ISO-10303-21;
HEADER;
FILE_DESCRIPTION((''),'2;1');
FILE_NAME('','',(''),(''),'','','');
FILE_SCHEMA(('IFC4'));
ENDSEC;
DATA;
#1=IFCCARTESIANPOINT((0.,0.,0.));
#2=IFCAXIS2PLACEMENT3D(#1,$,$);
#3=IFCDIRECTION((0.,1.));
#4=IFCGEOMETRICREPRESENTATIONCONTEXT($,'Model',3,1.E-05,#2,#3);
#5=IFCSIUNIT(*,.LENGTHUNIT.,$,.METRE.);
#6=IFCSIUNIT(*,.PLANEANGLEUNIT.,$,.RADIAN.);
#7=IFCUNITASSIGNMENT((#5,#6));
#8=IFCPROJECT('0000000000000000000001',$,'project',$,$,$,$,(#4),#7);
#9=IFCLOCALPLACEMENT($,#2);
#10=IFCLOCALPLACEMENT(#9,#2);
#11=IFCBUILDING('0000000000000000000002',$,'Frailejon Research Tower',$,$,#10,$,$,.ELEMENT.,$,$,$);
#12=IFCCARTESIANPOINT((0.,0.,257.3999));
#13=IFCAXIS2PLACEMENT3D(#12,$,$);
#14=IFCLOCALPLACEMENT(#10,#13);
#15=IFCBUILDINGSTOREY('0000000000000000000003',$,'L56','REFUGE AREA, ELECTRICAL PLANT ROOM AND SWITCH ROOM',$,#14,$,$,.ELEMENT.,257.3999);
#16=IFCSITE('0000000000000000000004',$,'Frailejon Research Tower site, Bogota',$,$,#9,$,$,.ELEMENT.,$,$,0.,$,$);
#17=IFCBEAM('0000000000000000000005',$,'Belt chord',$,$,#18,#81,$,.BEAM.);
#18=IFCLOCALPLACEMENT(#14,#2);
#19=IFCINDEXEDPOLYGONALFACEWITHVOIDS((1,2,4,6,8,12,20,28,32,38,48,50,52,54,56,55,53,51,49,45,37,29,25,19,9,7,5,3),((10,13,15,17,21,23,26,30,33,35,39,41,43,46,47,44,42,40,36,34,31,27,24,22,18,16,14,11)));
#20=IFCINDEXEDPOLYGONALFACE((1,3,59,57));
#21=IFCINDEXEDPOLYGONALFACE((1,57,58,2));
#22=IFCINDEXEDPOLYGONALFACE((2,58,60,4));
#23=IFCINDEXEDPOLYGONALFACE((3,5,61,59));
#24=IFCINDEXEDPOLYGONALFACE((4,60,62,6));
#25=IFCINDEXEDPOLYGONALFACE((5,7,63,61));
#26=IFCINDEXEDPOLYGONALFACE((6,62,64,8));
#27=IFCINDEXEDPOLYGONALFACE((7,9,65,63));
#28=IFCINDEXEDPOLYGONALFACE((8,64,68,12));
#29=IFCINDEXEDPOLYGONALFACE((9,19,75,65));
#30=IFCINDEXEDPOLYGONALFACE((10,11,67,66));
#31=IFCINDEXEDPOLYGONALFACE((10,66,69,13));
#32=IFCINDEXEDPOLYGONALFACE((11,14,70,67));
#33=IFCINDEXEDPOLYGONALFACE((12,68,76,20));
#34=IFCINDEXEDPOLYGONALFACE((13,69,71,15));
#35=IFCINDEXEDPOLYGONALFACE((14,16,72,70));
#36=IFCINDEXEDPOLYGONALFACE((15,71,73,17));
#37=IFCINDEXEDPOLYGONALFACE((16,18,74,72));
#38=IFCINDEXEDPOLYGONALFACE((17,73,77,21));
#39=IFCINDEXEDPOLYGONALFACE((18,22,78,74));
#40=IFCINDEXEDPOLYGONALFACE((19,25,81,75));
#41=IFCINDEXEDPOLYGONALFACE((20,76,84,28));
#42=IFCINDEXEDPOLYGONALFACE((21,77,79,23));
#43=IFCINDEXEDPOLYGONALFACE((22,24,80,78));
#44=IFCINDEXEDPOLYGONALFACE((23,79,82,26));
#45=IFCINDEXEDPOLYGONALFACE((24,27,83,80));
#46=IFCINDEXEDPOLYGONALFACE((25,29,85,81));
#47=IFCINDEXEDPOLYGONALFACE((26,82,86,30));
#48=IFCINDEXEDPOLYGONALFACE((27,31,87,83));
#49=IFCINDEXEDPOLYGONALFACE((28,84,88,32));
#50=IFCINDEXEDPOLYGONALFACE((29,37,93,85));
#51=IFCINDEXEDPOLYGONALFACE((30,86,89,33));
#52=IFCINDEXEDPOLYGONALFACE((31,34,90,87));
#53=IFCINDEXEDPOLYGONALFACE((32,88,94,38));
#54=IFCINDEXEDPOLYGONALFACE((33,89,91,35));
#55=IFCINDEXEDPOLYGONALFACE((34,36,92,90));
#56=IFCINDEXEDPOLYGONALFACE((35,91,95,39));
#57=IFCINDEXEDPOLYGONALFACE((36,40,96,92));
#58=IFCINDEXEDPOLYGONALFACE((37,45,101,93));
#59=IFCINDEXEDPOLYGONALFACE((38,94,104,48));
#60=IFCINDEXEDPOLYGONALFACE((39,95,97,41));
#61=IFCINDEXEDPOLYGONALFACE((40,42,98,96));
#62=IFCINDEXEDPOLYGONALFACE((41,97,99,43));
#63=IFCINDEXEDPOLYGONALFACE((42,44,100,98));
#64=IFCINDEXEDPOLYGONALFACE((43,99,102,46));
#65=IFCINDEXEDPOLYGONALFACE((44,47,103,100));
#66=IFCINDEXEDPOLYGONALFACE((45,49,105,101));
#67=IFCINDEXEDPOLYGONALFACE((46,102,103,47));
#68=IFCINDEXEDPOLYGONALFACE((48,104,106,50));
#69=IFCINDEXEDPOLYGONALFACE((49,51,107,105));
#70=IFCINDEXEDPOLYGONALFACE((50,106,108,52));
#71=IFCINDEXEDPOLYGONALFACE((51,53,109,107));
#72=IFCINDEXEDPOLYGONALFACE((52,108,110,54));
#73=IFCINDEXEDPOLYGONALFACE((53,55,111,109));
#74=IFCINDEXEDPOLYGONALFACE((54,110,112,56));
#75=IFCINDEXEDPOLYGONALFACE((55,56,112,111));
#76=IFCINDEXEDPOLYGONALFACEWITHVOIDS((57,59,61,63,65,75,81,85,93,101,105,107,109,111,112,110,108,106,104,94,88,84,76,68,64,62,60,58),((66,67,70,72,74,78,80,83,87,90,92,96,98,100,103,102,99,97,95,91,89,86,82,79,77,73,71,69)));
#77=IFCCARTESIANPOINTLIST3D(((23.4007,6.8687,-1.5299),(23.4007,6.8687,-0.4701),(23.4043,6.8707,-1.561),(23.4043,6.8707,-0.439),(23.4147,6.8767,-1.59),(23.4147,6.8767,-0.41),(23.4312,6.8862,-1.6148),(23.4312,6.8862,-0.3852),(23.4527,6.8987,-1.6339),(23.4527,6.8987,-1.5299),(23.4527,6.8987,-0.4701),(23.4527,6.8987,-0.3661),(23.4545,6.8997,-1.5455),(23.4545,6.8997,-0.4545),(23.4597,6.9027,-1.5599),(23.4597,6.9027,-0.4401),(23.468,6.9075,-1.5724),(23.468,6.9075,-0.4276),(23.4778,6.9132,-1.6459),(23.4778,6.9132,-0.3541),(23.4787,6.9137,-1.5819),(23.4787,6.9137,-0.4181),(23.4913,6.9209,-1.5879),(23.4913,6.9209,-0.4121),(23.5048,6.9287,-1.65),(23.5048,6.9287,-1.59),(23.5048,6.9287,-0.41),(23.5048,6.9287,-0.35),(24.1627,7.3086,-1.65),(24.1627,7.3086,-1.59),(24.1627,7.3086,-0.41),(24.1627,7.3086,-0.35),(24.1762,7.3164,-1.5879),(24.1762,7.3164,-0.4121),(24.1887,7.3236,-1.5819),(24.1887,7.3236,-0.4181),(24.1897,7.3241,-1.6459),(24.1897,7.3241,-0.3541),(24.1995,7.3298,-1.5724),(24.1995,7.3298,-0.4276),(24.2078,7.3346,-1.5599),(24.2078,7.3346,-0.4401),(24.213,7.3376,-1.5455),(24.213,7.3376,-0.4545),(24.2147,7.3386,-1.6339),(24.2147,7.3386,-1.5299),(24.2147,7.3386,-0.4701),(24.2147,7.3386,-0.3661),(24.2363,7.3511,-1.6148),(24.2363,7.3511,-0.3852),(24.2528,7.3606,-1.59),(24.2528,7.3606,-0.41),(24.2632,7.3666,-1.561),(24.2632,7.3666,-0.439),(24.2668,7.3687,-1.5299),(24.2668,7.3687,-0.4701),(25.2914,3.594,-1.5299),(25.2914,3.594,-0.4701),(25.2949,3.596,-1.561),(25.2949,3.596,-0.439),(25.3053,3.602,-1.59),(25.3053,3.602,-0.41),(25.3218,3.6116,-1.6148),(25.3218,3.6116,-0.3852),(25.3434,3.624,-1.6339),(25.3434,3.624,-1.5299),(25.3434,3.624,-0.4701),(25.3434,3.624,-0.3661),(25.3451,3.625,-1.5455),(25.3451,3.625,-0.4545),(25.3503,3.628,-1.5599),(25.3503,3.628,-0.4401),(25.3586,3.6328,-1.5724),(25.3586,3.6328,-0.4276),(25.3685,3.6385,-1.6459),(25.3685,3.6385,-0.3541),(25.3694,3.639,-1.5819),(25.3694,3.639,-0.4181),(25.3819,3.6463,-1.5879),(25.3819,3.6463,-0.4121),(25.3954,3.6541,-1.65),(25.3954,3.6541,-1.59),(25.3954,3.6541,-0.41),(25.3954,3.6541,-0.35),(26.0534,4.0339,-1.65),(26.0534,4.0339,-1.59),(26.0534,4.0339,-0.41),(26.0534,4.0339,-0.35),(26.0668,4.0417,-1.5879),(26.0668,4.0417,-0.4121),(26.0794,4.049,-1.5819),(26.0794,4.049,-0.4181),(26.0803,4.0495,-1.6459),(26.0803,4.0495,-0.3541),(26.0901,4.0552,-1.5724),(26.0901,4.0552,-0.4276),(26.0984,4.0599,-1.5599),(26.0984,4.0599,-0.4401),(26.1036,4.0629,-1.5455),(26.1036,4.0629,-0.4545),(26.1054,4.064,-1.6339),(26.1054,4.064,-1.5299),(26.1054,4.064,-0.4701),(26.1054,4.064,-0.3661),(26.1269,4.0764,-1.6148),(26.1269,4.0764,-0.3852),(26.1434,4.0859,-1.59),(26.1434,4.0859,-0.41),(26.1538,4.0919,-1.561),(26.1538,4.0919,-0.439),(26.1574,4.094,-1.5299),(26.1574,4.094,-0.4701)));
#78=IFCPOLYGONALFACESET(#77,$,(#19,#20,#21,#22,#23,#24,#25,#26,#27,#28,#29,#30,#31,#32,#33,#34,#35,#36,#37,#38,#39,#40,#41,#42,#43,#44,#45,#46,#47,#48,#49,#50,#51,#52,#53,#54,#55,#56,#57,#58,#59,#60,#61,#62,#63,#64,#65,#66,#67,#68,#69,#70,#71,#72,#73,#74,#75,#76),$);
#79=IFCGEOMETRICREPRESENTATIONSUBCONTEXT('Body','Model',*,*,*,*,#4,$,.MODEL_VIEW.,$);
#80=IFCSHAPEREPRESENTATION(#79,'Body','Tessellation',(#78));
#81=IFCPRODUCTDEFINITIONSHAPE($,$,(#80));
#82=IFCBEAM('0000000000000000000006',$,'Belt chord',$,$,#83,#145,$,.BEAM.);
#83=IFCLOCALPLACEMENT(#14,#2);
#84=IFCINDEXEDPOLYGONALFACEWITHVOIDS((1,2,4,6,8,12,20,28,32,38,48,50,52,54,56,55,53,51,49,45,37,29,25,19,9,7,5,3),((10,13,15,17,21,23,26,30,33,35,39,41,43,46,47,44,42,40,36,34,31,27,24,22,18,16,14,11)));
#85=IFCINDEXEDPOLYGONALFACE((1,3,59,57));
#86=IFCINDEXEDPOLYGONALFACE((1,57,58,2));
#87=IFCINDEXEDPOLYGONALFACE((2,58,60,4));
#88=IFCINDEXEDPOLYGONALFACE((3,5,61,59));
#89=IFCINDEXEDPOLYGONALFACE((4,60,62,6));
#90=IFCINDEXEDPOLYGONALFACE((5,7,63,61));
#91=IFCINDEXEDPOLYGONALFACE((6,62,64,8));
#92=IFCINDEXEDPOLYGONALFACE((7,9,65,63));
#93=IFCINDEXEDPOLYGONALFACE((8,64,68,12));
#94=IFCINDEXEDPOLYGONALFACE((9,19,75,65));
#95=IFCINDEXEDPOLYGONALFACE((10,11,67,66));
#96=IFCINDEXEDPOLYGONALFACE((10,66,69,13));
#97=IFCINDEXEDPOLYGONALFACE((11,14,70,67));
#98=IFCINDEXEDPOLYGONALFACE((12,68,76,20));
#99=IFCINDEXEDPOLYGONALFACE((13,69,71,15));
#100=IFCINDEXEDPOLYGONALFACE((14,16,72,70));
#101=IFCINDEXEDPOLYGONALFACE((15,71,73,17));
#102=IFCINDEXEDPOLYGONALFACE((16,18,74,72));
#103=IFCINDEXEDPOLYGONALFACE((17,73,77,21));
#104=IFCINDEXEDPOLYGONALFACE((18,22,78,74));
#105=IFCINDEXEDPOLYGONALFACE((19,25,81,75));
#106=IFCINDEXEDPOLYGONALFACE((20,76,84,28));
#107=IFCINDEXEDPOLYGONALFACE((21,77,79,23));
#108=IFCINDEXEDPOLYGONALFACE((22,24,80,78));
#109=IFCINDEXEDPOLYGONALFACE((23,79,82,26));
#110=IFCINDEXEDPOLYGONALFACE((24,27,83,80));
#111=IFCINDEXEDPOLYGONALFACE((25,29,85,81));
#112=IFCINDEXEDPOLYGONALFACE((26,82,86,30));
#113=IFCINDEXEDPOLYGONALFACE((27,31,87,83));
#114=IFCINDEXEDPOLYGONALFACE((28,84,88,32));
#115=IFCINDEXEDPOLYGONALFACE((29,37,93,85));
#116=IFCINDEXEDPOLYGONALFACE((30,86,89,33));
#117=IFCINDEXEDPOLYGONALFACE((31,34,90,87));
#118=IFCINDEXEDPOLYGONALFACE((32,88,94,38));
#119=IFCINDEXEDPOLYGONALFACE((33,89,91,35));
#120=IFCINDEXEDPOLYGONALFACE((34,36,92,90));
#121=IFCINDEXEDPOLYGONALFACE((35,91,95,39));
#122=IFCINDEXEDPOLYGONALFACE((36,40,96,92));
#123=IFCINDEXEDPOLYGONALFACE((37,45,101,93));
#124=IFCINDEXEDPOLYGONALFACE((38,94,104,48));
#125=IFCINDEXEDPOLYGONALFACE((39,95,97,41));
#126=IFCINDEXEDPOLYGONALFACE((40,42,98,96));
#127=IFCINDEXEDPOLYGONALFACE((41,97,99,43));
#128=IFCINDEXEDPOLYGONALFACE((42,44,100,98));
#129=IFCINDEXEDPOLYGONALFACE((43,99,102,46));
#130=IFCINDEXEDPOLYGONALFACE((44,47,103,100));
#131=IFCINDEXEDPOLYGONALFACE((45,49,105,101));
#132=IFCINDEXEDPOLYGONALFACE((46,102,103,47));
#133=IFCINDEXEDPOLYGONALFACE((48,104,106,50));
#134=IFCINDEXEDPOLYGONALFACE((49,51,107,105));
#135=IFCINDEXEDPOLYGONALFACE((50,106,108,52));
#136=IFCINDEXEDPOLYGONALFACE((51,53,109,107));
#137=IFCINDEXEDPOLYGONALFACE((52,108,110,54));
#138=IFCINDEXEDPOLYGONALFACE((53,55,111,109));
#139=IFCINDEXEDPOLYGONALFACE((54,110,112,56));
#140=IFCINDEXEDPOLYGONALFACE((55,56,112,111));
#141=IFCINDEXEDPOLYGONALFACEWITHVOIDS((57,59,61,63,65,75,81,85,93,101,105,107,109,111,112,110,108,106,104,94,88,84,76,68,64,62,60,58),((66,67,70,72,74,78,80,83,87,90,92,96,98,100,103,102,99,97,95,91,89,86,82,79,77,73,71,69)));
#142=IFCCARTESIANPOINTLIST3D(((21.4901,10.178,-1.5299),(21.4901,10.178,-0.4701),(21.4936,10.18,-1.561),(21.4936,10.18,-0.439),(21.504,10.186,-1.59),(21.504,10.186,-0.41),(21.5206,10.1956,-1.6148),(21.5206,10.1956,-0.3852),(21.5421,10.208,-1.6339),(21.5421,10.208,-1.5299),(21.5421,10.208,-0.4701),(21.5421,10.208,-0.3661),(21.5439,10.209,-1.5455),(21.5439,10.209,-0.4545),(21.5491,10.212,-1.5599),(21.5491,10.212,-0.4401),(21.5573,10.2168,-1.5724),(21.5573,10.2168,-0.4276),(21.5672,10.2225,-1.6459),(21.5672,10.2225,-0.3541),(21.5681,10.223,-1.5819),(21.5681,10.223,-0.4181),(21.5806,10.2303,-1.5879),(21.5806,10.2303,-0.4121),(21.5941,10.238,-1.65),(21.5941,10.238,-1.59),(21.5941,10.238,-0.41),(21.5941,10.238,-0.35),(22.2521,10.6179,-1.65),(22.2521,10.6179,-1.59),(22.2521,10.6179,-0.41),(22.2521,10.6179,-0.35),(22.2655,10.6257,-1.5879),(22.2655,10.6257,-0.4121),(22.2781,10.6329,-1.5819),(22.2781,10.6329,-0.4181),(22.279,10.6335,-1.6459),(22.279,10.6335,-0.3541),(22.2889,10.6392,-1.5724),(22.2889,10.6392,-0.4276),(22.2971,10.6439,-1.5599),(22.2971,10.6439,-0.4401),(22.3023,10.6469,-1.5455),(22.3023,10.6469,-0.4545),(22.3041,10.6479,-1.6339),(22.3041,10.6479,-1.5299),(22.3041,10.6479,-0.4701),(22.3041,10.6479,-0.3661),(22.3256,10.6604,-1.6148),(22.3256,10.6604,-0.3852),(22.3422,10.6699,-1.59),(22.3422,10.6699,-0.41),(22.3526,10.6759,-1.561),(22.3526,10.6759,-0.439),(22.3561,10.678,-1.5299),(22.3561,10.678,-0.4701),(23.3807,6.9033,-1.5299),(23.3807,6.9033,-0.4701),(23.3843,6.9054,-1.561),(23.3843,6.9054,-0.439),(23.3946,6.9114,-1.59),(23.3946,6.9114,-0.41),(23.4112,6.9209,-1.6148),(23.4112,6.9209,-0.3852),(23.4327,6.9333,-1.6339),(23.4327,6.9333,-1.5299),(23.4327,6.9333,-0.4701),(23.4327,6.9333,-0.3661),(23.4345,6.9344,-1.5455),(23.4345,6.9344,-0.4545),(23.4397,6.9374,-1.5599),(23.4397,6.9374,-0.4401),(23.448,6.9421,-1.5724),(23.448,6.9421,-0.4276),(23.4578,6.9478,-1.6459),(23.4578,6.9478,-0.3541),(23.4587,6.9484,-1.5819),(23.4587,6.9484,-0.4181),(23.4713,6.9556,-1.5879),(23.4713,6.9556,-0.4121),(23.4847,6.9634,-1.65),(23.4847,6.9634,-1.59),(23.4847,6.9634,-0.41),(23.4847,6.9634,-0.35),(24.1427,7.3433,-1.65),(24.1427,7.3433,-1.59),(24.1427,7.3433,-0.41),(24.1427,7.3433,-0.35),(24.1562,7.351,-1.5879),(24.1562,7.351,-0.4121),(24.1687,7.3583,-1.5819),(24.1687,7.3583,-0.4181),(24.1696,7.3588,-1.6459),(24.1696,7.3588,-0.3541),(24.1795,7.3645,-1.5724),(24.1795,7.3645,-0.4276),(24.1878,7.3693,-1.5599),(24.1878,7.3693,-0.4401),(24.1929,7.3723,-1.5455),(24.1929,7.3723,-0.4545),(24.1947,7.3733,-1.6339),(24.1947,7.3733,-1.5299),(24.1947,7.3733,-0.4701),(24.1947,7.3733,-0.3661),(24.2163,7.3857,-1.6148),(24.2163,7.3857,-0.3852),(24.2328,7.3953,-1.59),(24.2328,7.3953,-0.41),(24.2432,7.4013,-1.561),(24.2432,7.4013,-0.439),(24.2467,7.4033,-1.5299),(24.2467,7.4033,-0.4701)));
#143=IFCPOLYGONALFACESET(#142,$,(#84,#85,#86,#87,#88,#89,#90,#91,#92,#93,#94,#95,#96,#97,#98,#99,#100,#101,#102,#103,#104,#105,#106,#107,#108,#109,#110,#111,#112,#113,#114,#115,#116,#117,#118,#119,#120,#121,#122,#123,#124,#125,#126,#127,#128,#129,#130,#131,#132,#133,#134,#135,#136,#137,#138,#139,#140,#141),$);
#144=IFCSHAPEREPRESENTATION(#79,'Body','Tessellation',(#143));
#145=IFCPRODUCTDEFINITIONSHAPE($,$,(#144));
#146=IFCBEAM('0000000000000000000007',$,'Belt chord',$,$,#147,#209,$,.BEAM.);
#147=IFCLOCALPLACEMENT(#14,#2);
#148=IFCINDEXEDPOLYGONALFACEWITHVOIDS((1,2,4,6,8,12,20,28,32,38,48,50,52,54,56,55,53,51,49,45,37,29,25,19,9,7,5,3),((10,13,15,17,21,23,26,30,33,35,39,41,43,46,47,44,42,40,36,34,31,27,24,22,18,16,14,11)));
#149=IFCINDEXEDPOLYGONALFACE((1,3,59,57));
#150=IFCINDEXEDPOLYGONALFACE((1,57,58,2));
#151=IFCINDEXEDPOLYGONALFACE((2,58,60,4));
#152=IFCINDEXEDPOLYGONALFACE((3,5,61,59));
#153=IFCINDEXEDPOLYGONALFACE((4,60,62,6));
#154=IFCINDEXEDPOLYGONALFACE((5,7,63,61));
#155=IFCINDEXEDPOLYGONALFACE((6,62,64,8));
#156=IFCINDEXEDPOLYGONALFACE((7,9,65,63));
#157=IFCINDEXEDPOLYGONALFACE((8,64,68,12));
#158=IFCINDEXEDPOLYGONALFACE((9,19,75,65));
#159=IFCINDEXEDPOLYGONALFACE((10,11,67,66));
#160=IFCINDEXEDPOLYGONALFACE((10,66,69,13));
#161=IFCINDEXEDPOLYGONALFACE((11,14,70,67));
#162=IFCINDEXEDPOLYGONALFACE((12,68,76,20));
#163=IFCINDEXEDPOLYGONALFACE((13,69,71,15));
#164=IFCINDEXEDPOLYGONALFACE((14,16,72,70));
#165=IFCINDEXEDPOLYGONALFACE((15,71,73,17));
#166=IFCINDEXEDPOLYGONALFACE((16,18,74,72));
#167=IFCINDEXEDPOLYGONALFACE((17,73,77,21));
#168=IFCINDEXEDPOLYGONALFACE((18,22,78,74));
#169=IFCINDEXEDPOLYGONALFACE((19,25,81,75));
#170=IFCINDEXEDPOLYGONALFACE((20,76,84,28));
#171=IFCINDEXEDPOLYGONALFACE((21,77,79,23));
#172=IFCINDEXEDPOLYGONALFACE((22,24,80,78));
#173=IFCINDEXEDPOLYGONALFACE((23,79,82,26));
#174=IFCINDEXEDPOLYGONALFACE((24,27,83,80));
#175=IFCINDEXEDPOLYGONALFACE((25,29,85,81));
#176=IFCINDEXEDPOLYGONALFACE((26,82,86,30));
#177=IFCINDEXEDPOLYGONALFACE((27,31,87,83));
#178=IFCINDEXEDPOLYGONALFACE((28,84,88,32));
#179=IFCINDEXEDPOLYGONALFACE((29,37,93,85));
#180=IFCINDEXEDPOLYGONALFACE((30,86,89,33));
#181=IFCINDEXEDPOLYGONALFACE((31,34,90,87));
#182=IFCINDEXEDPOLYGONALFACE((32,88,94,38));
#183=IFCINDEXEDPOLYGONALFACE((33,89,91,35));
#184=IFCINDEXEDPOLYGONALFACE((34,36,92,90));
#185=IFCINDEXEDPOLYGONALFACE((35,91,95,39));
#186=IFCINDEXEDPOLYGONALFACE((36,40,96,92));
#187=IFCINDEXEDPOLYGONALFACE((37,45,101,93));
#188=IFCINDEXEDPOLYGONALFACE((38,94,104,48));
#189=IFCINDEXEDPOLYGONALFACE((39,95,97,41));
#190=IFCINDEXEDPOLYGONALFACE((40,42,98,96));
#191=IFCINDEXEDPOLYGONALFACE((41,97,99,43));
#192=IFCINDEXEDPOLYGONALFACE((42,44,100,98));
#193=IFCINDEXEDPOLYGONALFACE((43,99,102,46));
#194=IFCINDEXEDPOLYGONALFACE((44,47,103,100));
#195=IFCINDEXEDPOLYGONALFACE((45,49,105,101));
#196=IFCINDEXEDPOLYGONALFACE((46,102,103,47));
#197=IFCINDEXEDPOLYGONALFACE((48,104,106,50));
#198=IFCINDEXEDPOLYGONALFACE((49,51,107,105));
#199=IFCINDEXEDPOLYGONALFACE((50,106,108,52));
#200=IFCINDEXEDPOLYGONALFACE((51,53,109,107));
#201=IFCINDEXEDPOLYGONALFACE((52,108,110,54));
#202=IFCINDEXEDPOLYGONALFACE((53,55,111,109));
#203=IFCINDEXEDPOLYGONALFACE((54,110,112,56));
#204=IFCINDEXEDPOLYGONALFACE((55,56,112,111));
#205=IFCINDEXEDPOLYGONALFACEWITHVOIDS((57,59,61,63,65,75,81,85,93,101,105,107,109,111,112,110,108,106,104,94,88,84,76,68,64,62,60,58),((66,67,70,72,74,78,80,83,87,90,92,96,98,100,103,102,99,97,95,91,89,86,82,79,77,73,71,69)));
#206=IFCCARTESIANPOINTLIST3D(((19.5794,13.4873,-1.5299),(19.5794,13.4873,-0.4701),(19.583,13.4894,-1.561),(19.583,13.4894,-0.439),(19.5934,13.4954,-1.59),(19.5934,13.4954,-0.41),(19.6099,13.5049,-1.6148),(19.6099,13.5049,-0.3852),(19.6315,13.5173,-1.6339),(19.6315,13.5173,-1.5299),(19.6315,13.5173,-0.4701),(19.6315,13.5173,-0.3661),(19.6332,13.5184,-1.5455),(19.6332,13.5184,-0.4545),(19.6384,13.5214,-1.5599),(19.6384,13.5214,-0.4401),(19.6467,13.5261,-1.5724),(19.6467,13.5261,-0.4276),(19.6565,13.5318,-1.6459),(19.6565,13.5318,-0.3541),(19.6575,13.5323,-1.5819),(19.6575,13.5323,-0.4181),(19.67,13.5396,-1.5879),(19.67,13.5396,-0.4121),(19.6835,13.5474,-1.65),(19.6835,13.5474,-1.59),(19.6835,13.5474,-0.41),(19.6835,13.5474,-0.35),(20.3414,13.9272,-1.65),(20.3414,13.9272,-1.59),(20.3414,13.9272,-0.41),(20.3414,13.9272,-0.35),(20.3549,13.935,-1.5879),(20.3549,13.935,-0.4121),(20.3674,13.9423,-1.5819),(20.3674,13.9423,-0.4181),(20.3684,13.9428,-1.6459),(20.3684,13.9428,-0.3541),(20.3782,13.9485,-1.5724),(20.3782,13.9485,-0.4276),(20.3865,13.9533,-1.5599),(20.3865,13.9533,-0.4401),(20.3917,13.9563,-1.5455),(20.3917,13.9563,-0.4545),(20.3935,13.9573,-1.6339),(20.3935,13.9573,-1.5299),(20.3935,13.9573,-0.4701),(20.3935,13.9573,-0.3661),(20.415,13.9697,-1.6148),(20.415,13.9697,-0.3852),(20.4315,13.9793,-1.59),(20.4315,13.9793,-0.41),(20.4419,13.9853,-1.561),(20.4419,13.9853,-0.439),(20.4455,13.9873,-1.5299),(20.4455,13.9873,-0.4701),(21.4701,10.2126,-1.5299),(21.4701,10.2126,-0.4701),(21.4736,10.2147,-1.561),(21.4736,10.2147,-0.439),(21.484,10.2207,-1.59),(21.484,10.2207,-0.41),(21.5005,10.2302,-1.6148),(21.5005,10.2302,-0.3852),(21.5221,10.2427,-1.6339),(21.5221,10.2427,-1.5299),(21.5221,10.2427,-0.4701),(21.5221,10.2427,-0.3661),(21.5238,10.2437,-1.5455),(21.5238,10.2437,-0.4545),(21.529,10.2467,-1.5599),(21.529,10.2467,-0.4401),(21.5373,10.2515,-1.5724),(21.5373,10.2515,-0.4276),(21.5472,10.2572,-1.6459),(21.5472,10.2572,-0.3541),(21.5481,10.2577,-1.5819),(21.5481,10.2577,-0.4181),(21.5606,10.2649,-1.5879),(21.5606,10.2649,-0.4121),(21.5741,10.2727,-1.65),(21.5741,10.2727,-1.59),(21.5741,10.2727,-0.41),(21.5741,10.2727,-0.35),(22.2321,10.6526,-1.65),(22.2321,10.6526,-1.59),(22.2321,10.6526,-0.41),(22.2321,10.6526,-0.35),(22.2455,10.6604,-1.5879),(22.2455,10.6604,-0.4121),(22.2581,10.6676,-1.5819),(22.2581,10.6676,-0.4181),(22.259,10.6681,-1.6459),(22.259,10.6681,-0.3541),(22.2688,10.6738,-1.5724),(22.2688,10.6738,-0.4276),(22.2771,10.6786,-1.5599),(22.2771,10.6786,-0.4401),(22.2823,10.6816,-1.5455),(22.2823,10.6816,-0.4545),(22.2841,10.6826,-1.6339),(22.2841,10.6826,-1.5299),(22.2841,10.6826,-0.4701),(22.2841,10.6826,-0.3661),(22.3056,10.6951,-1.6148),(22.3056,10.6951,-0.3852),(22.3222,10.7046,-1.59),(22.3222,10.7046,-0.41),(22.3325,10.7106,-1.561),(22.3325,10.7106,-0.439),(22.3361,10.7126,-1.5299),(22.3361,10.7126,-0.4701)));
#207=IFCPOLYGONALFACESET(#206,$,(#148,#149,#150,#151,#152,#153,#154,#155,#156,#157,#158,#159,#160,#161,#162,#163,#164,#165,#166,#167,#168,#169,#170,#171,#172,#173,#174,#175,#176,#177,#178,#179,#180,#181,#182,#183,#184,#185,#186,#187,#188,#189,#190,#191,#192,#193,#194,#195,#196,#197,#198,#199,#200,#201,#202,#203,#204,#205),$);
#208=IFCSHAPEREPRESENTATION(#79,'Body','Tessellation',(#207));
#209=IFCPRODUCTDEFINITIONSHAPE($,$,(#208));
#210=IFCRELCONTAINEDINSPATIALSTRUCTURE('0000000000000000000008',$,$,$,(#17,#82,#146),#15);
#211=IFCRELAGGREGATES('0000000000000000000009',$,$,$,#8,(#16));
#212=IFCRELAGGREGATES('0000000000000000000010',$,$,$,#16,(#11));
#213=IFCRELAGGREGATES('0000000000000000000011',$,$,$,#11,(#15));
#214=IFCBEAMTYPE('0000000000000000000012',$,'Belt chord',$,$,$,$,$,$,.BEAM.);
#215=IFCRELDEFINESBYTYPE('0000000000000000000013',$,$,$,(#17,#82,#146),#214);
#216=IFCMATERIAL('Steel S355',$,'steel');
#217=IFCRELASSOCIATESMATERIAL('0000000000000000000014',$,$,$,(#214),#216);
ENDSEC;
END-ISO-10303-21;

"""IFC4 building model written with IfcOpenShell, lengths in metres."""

from ifc_helpers import new_model, si_unit, direction, frame, origin, origin_2d, place, context, subcontext, project, spatial, hollow_rectangle, extrude, material, material_profile, profile_set, type_object, element, save


model = new_model("IFC4")

# Units and contexts
model_context = context("Model", 3, precision=1e-05, world=origin(), true_north=direction((0.0, 1.0)))
body_context = subcontext(model_context, "Body", "Model", "MODEL_VIEW")
ifc_project = project(units=[si_unit("LENGTHUNIT", "METRE"), si_unit("PLANEANGLEUNIT", "RADIAN")], contexts=[model_context])

# Site, building, storey
site_placement = place(None, origin())
site = spatial("IfcSite", under=ifc_project, at=site_placement, Name="Frailejon Research Tower site, Bogota", CompositionType="ELEMENT", RefElevation=0.0)
building_placement = place(site_placement, origin())
building = spatial("IfcBuilding", under=site, at=building_placement, Name="Frailejon Research Tower", CompositionType="ELEMENT")
storey_placement = place(building_placement, frame((0.0, 0.0, 257.3999)))
storey = spatial("IfcBuildingStorey", under=building, at=storey_placement, Name="L56", Description="REFUGE AREA, ELECTRICAL PLANT ROOM AND SWITCH ROOM", CompositionType="ELEMENT", Elevation=257.3999)

# Beams
ifc_material_1 = material(Name="Steel S355", Category="steel")
ifc_material_profile_1 = material_profile(ifc_material_1, hollow_rectangle(XDim=1.0, YDim=1.3, WallThickness=0.0601, InnerFilletRadius=0.0601, OuterFilletRadius=0.1201, at=origin_2d()), Name="Belt chord")
ifc_profile_set_1 = profile_set([ifc_material_profile_1], Name="Steel S355")
beam_type_1 = type_object("IfcBeamType", Name="Belt chord", PredefinedType="BEAM", material=ifc_profile_set_1)
for number, where, z_axis, x_axis, name in (
    (1, (25.7244, 3.844, -1.0), (-0.5, 0.866025, 0.0), (-0.866025, -0.5, 0.0), "Belt chord"),
    (2, (23.8137, 7.1533, -1.0), (-0.5, 0.866025, 0.0), (-0.866025, -0.5, 0.0), "Belt chord"),
    (3, (21.9031, 10.4626, -1.0), (-0.5, 0.866025, 0.0), (-0.866025, -0.5, 0.0), "Belt chord"),
):
    element("IfcBeam", number, at=place(storey_placement, frame(where, z_axis=z_axis, x_axis=x_axis)), inside=storey, type_object=beam_type_1, Name=name, PredefinedType="BEAM", context=body_context, shape_type="SweptSolid", body=[
        extrude(hollow_rectangle(XDim=1.0, YDim=1.3, WallThickness=0.0601, InnerFilletRadius=0.0601, OuterFilletRadius=0.1201, at=origin_2d()), origin(), (0.0, 0.0, 1.0), 3.7812),
    ])

save(model, "model.ifc")
